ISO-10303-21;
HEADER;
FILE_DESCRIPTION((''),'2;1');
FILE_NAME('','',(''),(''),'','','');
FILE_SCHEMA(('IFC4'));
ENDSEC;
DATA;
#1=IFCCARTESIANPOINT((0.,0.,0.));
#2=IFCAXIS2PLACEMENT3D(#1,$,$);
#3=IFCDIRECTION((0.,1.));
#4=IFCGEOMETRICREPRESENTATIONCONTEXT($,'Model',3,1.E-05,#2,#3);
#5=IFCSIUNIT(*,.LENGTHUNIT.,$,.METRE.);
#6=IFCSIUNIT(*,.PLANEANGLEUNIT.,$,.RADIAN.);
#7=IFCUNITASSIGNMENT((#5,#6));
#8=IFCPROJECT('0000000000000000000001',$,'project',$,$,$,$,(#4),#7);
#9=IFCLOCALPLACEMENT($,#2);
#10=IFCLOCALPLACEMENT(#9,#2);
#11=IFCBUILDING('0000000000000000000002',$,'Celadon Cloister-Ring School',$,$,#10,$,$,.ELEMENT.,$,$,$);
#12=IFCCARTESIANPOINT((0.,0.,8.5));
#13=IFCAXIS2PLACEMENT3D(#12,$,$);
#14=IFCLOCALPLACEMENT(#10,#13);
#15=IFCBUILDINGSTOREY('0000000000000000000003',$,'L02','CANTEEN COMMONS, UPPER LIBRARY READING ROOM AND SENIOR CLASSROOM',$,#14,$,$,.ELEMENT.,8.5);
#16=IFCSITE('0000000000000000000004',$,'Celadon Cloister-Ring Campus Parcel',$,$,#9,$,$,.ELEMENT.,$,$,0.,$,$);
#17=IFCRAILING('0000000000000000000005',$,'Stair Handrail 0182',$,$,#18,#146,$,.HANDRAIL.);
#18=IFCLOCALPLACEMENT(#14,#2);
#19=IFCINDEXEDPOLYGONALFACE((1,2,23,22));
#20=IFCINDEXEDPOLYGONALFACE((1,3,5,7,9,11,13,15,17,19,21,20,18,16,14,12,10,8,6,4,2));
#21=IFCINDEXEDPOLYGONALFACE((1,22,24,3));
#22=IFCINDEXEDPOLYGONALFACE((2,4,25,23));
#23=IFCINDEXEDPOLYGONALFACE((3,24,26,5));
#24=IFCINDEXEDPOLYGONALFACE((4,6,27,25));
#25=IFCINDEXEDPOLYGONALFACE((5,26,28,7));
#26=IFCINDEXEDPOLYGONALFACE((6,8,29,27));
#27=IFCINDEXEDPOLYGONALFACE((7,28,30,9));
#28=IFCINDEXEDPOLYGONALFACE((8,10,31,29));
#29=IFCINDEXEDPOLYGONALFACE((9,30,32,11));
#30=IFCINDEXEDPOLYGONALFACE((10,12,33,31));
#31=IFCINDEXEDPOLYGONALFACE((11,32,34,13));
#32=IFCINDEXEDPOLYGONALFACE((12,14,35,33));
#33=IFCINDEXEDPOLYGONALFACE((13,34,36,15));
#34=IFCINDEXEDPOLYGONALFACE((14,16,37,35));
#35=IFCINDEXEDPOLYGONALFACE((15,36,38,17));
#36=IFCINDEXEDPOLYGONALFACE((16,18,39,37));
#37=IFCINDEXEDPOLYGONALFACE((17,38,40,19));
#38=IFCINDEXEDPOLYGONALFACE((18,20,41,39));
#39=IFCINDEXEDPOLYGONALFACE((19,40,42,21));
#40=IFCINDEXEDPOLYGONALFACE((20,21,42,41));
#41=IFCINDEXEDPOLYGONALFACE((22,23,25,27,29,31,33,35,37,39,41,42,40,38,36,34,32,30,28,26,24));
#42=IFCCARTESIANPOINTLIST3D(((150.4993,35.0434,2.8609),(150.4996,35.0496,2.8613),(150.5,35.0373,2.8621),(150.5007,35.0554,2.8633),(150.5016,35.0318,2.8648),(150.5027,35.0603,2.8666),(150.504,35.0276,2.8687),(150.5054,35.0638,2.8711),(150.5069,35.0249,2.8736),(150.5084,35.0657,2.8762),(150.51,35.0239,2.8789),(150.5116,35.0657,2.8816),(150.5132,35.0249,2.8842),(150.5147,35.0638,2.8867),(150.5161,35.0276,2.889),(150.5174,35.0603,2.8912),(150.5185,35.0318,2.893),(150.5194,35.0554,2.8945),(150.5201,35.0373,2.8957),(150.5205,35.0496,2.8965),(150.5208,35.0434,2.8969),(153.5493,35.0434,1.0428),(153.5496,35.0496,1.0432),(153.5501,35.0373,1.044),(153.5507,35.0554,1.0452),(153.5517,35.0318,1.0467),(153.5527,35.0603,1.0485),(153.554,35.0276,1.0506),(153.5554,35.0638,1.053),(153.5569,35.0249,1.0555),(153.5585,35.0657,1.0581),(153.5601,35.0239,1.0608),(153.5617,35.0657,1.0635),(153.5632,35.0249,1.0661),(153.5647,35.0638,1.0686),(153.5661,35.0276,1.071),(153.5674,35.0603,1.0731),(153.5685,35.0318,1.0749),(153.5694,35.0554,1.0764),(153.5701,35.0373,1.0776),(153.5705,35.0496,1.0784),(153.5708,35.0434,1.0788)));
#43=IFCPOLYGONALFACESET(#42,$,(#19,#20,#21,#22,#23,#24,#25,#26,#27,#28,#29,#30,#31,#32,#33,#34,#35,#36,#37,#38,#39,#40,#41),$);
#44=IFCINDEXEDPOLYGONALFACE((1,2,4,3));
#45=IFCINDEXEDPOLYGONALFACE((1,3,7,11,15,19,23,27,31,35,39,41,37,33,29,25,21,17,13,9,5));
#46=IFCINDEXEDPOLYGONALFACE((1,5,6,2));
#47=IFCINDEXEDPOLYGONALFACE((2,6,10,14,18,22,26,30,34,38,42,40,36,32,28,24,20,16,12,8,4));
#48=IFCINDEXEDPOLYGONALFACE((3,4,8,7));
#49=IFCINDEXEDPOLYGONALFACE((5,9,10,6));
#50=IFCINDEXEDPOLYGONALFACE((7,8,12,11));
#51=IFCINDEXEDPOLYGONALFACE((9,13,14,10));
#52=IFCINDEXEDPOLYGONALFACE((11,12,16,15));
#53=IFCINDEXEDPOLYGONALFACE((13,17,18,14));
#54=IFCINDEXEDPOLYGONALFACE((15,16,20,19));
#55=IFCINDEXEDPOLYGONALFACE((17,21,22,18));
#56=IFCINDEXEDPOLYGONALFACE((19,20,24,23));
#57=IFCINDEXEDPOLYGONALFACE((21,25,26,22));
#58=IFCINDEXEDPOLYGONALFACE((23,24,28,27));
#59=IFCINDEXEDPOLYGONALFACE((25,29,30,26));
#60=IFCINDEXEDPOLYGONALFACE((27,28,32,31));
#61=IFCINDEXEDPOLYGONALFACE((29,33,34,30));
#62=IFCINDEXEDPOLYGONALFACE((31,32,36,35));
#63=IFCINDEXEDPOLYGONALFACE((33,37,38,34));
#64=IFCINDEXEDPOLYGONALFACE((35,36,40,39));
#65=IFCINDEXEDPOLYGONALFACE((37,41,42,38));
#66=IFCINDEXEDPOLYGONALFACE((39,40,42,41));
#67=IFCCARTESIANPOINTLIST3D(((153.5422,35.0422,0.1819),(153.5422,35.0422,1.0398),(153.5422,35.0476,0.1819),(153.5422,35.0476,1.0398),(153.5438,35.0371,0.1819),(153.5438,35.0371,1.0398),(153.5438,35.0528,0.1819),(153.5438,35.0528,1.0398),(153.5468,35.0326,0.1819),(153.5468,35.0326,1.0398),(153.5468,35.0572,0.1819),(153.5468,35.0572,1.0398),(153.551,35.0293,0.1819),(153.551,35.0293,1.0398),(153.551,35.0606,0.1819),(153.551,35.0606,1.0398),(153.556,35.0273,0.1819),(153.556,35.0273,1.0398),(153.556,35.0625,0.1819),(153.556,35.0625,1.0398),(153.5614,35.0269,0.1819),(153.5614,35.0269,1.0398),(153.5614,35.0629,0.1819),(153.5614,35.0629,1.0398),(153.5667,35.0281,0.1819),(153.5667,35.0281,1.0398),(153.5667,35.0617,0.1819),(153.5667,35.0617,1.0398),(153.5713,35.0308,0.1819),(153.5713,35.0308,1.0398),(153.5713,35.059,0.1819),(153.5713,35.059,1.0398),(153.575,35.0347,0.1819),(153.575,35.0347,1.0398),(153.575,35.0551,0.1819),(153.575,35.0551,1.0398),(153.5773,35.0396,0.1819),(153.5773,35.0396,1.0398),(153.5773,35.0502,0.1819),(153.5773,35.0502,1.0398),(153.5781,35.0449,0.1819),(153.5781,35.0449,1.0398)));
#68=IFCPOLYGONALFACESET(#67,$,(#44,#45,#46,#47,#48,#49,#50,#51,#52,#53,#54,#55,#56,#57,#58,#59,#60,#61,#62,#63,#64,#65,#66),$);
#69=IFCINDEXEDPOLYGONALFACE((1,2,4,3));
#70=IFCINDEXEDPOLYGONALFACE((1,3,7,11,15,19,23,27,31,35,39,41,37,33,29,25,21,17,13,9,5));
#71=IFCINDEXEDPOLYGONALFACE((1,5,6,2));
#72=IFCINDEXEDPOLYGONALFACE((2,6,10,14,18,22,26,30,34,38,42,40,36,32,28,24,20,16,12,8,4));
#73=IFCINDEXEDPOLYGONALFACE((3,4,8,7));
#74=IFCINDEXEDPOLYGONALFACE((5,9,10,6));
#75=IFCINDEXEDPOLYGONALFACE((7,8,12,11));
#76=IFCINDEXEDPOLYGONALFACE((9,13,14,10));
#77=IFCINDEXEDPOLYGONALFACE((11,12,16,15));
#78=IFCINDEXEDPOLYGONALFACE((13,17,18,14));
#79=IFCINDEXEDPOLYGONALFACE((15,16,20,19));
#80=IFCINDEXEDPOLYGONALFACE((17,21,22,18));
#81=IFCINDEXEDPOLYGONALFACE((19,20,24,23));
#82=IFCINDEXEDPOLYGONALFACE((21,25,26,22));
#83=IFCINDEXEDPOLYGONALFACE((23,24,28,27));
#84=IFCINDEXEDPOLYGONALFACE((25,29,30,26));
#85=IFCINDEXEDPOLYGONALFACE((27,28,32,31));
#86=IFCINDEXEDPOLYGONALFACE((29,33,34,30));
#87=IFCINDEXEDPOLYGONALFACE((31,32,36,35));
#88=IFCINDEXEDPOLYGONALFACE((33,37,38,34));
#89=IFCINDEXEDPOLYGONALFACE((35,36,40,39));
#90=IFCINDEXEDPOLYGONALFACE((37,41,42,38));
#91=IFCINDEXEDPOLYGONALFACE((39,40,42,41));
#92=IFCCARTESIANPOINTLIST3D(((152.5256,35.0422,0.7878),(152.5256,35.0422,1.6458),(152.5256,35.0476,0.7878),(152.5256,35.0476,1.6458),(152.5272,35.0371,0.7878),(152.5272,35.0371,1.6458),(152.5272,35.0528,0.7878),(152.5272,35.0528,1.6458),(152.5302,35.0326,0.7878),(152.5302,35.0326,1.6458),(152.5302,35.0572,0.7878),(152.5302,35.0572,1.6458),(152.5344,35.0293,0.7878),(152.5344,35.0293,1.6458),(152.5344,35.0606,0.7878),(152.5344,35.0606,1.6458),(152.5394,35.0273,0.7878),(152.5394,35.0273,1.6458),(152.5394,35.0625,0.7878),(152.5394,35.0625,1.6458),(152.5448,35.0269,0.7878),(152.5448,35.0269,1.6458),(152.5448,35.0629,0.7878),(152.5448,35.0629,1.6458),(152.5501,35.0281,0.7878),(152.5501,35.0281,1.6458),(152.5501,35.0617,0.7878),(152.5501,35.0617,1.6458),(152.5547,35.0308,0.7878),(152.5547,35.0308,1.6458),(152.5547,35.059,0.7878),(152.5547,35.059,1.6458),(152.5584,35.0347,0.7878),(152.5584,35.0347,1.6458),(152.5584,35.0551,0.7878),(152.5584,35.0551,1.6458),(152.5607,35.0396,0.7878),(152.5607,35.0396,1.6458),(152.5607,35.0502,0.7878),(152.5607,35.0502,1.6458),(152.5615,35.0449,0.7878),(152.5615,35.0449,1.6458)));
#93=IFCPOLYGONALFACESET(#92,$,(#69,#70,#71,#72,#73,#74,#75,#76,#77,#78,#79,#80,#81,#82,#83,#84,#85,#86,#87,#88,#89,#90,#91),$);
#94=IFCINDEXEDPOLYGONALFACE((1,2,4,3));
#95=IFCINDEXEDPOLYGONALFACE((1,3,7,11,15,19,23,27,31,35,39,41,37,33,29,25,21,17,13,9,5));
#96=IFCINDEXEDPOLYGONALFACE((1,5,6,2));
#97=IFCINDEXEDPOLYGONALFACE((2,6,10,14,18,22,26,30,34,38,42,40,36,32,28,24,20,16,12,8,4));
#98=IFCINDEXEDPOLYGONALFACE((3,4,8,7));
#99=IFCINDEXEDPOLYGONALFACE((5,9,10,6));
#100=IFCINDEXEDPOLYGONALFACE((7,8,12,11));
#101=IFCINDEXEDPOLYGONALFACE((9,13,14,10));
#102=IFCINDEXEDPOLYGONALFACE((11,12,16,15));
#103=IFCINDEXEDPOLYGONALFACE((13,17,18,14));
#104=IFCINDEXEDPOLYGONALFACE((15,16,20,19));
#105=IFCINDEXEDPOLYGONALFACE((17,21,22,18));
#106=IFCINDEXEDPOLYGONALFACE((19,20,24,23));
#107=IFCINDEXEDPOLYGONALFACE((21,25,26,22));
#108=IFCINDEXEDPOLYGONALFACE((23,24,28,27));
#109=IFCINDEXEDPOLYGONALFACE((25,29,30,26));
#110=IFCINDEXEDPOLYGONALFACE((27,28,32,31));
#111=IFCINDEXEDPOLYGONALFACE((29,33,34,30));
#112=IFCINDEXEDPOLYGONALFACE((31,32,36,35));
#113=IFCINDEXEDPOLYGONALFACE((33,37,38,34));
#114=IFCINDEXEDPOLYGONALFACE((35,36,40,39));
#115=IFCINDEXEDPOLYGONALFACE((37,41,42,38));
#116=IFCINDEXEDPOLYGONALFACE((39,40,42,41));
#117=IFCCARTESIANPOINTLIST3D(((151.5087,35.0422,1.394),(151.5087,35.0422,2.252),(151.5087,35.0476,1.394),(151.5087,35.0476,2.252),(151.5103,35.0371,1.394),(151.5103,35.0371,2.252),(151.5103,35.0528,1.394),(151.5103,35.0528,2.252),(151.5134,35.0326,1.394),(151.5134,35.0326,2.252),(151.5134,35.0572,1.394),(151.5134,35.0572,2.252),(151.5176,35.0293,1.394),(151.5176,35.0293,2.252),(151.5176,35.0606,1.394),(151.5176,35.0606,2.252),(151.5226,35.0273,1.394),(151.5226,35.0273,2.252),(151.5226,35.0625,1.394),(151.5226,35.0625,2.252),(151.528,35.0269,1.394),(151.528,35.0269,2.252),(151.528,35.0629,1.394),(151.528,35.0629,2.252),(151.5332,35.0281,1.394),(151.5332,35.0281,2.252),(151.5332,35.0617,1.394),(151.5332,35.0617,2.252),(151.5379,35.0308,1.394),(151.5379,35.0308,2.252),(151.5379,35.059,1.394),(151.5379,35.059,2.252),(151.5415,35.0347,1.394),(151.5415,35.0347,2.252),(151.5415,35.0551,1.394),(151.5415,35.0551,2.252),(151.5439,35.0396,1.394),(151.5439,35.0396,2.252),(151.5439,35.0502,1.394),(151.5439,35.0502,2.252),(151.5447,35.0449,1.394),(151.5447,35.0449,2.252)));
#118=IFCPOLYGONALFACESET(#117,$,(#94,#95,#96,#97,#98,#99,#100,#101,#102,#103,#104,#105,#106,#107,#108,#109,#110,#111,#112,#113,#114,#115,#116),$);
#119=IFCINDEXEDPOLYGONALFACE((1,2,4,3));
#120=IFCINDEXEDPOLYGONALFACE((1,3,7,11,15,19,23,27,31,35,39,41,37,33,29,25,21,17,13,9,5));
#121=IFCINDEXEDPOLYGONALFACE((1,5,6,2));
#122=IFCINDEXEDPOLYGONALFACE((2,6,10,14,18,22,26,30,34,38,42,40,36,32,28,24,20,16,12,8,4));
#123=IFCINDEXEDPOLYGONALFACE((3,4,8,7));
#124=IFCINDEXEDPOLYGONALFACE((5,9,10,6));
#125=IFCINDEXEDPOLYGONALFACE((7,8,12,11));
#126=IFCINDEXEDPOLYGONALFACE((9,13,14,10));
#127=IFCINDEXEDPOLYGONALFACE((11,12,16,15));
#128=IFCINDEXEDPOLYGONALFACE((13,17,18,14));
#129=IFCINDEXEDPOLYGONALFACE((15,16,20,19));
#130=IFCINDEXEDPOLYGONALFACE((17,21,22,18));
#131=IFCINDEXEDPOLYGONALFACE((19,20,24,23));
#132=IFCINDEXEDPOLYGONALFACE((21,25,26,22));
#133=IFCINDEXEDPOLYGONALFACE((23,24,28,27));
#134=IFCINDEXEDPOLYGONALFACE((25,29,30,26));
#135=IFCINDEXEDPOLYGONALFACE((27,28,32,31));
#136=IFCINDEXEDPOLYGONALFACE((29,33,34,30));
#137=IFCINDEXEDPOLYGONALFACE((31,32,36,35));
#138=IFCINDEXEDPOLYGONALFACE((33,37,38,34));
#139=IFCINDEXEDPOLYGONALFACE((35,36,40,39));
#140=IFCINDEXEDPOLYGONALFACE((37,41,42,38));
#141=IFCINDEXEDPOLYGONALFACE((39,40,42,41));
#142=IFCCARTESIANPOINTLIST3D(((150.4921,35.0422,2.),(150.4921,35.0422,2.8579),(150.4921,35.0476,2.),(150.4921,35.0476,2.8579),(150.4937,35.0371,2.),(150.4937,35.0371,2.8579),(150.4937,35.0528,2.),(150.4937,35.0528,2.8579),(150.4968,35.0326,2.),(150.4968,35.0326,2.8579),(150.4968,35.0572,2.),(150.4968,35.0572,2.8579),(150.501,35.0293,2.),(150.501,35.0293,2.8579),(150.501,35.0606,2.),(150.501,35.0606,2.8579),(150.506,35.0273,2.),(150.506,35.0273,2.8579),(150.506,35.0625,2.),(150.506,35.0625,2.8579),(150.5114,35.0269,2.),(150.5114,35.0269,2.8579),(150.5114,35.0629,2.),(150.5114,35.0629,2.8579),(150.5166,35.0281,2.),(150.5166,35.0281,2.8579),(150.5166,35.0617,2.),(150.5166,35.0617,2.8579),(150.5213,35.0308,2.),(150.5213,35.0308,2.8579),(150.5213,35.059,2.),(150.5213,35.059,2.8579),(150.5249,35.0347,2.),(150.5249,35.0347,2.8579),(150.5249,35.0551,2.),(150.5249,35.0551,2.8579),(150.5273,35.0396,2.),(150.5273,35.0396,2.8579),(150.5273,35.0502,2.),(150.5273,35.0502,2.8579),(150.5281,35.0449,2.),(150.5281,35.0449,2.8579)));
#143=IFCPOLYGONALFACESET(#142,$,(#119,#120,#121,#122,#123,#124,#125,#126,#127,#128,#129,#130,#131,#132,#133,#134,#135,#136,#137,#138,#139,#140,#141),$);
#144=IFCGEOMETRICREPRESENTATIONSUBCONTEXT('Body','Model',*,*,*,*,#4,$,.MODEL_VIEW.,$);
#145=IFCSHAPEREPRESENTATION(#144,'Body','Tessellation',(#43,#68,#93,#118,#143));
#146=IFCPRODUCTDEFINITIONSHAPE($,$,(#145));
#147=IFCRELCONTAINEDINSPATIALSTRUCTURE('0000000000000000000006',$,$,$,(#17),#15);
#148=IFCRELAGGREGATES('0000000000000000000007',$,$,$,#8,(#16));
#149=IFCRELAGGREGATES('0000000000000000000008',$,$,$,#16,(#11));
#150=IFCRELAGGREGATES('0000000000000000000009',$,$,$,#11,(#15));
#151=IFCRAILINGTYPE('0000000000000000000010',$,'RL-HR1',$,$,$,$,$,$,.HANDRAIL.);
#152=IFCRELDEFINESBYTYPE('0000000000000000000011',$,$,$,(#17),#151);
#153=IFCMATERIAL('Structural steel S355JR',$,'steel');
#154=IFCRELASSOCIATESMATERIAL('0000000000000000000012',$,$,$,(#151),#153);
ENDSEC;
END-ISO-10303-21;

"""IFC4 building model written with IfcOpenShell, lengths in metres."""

from ifc_helpers import new_model, si_unit, direction, frame, origin, origin_2d, place, context, subcontext, project, spatial, circle, extrude, material, type_object, element, save


model = new_model("IFC4")

# Units and contexts
model_context = context("Model", 3, precision=1e-05, world=origin(), true_north=direction((0.0, 1.0)))
body_context = subcontext(model_context, "Body", "Model", "MODEL_VIEW")
ifc_project = project(units=[si_unit("LENGTHUNIT", "METRE"), si_unit("PLANEANGLEUNIT", "RADIAN")], contexts=[model_context])

# Site, building, storey
site_placement = place(None, origin())
site = spatial("IfcSite", under=ifc_project, at=site_placement, Name="Celadon Cloister-Ring Campus Parcel", CompositionType="ELEMENT", RefElevation=0.0)
building_placement = place(site_placement, origin())
building = spatial("IfcBuilding", under=site, at=building_placement, Name="Celadon Cloister-Ring School", CompositionType="ELEMENT")
storey_placement = place(building_placement, frame((0.0, 0.0, 8.5)))
storey = spatial("IfcBuildingStorey", under=building, at=storey_placement, Name="L02", Description="CANTEEN COMMONS, UPPER LIBRARY READING ROOM AND SENIOR CLASSROOM", CompositionType="ELEMENT", Elevation=8.5)

# Railing
ifc_material_1 = material(Name="Structural steel S355JR", Category="steel")
railing_type_1 = type_object("IfcRailingType", Name="RL-HR1", PredefinedType="HANDRAIL", material=ifc_material_1)
railing_1_placement = place(storey_placement, frame((153.5601, 35.0449, 0.1819)))
element("IfcRailing", 1, at=railing_1_placement, inside=storey, type_object=railing_type_1, Name="Stair Handrail 0182", PredefinedType="HANDRAIL", context=body_context, shape_type="SweptSolid", body=[
    extrude(circle(Radius=0.021, at=origin_2d()), frame((0.0, 0.0, 0.8789), z_axis=(-0.85897, 0.0, 0.512026), x_axis=(0.0, -1.0, 0.0)), (0.0, 0.0, 1.0), 3.5508),
    extrude(circle(Radius=0.0181, at=origin_2d()), origin(), (0.0, 0.0, 1.0), 0.8579),
    extrude(circle(Radius=0.0181, at=origin_2d()), frame((-1.0166, 0.0, 0.606)), (0.0, 0.0, 1.0), 0.8579),
    extrude(circle(Radius=0.0181, at=origin_2d()), frame((-2.0334, 0.0, 1.2122)), (0.0, 0.0, 1.0), 0.8579),
    extrude(circle(Radius=0.0181, at=origin_2d()), frame((-3.05, 0.0, 1.8181)), (0.0, 0.0, 1.0), 0.8579),
])

save(model, "model.ifc")
